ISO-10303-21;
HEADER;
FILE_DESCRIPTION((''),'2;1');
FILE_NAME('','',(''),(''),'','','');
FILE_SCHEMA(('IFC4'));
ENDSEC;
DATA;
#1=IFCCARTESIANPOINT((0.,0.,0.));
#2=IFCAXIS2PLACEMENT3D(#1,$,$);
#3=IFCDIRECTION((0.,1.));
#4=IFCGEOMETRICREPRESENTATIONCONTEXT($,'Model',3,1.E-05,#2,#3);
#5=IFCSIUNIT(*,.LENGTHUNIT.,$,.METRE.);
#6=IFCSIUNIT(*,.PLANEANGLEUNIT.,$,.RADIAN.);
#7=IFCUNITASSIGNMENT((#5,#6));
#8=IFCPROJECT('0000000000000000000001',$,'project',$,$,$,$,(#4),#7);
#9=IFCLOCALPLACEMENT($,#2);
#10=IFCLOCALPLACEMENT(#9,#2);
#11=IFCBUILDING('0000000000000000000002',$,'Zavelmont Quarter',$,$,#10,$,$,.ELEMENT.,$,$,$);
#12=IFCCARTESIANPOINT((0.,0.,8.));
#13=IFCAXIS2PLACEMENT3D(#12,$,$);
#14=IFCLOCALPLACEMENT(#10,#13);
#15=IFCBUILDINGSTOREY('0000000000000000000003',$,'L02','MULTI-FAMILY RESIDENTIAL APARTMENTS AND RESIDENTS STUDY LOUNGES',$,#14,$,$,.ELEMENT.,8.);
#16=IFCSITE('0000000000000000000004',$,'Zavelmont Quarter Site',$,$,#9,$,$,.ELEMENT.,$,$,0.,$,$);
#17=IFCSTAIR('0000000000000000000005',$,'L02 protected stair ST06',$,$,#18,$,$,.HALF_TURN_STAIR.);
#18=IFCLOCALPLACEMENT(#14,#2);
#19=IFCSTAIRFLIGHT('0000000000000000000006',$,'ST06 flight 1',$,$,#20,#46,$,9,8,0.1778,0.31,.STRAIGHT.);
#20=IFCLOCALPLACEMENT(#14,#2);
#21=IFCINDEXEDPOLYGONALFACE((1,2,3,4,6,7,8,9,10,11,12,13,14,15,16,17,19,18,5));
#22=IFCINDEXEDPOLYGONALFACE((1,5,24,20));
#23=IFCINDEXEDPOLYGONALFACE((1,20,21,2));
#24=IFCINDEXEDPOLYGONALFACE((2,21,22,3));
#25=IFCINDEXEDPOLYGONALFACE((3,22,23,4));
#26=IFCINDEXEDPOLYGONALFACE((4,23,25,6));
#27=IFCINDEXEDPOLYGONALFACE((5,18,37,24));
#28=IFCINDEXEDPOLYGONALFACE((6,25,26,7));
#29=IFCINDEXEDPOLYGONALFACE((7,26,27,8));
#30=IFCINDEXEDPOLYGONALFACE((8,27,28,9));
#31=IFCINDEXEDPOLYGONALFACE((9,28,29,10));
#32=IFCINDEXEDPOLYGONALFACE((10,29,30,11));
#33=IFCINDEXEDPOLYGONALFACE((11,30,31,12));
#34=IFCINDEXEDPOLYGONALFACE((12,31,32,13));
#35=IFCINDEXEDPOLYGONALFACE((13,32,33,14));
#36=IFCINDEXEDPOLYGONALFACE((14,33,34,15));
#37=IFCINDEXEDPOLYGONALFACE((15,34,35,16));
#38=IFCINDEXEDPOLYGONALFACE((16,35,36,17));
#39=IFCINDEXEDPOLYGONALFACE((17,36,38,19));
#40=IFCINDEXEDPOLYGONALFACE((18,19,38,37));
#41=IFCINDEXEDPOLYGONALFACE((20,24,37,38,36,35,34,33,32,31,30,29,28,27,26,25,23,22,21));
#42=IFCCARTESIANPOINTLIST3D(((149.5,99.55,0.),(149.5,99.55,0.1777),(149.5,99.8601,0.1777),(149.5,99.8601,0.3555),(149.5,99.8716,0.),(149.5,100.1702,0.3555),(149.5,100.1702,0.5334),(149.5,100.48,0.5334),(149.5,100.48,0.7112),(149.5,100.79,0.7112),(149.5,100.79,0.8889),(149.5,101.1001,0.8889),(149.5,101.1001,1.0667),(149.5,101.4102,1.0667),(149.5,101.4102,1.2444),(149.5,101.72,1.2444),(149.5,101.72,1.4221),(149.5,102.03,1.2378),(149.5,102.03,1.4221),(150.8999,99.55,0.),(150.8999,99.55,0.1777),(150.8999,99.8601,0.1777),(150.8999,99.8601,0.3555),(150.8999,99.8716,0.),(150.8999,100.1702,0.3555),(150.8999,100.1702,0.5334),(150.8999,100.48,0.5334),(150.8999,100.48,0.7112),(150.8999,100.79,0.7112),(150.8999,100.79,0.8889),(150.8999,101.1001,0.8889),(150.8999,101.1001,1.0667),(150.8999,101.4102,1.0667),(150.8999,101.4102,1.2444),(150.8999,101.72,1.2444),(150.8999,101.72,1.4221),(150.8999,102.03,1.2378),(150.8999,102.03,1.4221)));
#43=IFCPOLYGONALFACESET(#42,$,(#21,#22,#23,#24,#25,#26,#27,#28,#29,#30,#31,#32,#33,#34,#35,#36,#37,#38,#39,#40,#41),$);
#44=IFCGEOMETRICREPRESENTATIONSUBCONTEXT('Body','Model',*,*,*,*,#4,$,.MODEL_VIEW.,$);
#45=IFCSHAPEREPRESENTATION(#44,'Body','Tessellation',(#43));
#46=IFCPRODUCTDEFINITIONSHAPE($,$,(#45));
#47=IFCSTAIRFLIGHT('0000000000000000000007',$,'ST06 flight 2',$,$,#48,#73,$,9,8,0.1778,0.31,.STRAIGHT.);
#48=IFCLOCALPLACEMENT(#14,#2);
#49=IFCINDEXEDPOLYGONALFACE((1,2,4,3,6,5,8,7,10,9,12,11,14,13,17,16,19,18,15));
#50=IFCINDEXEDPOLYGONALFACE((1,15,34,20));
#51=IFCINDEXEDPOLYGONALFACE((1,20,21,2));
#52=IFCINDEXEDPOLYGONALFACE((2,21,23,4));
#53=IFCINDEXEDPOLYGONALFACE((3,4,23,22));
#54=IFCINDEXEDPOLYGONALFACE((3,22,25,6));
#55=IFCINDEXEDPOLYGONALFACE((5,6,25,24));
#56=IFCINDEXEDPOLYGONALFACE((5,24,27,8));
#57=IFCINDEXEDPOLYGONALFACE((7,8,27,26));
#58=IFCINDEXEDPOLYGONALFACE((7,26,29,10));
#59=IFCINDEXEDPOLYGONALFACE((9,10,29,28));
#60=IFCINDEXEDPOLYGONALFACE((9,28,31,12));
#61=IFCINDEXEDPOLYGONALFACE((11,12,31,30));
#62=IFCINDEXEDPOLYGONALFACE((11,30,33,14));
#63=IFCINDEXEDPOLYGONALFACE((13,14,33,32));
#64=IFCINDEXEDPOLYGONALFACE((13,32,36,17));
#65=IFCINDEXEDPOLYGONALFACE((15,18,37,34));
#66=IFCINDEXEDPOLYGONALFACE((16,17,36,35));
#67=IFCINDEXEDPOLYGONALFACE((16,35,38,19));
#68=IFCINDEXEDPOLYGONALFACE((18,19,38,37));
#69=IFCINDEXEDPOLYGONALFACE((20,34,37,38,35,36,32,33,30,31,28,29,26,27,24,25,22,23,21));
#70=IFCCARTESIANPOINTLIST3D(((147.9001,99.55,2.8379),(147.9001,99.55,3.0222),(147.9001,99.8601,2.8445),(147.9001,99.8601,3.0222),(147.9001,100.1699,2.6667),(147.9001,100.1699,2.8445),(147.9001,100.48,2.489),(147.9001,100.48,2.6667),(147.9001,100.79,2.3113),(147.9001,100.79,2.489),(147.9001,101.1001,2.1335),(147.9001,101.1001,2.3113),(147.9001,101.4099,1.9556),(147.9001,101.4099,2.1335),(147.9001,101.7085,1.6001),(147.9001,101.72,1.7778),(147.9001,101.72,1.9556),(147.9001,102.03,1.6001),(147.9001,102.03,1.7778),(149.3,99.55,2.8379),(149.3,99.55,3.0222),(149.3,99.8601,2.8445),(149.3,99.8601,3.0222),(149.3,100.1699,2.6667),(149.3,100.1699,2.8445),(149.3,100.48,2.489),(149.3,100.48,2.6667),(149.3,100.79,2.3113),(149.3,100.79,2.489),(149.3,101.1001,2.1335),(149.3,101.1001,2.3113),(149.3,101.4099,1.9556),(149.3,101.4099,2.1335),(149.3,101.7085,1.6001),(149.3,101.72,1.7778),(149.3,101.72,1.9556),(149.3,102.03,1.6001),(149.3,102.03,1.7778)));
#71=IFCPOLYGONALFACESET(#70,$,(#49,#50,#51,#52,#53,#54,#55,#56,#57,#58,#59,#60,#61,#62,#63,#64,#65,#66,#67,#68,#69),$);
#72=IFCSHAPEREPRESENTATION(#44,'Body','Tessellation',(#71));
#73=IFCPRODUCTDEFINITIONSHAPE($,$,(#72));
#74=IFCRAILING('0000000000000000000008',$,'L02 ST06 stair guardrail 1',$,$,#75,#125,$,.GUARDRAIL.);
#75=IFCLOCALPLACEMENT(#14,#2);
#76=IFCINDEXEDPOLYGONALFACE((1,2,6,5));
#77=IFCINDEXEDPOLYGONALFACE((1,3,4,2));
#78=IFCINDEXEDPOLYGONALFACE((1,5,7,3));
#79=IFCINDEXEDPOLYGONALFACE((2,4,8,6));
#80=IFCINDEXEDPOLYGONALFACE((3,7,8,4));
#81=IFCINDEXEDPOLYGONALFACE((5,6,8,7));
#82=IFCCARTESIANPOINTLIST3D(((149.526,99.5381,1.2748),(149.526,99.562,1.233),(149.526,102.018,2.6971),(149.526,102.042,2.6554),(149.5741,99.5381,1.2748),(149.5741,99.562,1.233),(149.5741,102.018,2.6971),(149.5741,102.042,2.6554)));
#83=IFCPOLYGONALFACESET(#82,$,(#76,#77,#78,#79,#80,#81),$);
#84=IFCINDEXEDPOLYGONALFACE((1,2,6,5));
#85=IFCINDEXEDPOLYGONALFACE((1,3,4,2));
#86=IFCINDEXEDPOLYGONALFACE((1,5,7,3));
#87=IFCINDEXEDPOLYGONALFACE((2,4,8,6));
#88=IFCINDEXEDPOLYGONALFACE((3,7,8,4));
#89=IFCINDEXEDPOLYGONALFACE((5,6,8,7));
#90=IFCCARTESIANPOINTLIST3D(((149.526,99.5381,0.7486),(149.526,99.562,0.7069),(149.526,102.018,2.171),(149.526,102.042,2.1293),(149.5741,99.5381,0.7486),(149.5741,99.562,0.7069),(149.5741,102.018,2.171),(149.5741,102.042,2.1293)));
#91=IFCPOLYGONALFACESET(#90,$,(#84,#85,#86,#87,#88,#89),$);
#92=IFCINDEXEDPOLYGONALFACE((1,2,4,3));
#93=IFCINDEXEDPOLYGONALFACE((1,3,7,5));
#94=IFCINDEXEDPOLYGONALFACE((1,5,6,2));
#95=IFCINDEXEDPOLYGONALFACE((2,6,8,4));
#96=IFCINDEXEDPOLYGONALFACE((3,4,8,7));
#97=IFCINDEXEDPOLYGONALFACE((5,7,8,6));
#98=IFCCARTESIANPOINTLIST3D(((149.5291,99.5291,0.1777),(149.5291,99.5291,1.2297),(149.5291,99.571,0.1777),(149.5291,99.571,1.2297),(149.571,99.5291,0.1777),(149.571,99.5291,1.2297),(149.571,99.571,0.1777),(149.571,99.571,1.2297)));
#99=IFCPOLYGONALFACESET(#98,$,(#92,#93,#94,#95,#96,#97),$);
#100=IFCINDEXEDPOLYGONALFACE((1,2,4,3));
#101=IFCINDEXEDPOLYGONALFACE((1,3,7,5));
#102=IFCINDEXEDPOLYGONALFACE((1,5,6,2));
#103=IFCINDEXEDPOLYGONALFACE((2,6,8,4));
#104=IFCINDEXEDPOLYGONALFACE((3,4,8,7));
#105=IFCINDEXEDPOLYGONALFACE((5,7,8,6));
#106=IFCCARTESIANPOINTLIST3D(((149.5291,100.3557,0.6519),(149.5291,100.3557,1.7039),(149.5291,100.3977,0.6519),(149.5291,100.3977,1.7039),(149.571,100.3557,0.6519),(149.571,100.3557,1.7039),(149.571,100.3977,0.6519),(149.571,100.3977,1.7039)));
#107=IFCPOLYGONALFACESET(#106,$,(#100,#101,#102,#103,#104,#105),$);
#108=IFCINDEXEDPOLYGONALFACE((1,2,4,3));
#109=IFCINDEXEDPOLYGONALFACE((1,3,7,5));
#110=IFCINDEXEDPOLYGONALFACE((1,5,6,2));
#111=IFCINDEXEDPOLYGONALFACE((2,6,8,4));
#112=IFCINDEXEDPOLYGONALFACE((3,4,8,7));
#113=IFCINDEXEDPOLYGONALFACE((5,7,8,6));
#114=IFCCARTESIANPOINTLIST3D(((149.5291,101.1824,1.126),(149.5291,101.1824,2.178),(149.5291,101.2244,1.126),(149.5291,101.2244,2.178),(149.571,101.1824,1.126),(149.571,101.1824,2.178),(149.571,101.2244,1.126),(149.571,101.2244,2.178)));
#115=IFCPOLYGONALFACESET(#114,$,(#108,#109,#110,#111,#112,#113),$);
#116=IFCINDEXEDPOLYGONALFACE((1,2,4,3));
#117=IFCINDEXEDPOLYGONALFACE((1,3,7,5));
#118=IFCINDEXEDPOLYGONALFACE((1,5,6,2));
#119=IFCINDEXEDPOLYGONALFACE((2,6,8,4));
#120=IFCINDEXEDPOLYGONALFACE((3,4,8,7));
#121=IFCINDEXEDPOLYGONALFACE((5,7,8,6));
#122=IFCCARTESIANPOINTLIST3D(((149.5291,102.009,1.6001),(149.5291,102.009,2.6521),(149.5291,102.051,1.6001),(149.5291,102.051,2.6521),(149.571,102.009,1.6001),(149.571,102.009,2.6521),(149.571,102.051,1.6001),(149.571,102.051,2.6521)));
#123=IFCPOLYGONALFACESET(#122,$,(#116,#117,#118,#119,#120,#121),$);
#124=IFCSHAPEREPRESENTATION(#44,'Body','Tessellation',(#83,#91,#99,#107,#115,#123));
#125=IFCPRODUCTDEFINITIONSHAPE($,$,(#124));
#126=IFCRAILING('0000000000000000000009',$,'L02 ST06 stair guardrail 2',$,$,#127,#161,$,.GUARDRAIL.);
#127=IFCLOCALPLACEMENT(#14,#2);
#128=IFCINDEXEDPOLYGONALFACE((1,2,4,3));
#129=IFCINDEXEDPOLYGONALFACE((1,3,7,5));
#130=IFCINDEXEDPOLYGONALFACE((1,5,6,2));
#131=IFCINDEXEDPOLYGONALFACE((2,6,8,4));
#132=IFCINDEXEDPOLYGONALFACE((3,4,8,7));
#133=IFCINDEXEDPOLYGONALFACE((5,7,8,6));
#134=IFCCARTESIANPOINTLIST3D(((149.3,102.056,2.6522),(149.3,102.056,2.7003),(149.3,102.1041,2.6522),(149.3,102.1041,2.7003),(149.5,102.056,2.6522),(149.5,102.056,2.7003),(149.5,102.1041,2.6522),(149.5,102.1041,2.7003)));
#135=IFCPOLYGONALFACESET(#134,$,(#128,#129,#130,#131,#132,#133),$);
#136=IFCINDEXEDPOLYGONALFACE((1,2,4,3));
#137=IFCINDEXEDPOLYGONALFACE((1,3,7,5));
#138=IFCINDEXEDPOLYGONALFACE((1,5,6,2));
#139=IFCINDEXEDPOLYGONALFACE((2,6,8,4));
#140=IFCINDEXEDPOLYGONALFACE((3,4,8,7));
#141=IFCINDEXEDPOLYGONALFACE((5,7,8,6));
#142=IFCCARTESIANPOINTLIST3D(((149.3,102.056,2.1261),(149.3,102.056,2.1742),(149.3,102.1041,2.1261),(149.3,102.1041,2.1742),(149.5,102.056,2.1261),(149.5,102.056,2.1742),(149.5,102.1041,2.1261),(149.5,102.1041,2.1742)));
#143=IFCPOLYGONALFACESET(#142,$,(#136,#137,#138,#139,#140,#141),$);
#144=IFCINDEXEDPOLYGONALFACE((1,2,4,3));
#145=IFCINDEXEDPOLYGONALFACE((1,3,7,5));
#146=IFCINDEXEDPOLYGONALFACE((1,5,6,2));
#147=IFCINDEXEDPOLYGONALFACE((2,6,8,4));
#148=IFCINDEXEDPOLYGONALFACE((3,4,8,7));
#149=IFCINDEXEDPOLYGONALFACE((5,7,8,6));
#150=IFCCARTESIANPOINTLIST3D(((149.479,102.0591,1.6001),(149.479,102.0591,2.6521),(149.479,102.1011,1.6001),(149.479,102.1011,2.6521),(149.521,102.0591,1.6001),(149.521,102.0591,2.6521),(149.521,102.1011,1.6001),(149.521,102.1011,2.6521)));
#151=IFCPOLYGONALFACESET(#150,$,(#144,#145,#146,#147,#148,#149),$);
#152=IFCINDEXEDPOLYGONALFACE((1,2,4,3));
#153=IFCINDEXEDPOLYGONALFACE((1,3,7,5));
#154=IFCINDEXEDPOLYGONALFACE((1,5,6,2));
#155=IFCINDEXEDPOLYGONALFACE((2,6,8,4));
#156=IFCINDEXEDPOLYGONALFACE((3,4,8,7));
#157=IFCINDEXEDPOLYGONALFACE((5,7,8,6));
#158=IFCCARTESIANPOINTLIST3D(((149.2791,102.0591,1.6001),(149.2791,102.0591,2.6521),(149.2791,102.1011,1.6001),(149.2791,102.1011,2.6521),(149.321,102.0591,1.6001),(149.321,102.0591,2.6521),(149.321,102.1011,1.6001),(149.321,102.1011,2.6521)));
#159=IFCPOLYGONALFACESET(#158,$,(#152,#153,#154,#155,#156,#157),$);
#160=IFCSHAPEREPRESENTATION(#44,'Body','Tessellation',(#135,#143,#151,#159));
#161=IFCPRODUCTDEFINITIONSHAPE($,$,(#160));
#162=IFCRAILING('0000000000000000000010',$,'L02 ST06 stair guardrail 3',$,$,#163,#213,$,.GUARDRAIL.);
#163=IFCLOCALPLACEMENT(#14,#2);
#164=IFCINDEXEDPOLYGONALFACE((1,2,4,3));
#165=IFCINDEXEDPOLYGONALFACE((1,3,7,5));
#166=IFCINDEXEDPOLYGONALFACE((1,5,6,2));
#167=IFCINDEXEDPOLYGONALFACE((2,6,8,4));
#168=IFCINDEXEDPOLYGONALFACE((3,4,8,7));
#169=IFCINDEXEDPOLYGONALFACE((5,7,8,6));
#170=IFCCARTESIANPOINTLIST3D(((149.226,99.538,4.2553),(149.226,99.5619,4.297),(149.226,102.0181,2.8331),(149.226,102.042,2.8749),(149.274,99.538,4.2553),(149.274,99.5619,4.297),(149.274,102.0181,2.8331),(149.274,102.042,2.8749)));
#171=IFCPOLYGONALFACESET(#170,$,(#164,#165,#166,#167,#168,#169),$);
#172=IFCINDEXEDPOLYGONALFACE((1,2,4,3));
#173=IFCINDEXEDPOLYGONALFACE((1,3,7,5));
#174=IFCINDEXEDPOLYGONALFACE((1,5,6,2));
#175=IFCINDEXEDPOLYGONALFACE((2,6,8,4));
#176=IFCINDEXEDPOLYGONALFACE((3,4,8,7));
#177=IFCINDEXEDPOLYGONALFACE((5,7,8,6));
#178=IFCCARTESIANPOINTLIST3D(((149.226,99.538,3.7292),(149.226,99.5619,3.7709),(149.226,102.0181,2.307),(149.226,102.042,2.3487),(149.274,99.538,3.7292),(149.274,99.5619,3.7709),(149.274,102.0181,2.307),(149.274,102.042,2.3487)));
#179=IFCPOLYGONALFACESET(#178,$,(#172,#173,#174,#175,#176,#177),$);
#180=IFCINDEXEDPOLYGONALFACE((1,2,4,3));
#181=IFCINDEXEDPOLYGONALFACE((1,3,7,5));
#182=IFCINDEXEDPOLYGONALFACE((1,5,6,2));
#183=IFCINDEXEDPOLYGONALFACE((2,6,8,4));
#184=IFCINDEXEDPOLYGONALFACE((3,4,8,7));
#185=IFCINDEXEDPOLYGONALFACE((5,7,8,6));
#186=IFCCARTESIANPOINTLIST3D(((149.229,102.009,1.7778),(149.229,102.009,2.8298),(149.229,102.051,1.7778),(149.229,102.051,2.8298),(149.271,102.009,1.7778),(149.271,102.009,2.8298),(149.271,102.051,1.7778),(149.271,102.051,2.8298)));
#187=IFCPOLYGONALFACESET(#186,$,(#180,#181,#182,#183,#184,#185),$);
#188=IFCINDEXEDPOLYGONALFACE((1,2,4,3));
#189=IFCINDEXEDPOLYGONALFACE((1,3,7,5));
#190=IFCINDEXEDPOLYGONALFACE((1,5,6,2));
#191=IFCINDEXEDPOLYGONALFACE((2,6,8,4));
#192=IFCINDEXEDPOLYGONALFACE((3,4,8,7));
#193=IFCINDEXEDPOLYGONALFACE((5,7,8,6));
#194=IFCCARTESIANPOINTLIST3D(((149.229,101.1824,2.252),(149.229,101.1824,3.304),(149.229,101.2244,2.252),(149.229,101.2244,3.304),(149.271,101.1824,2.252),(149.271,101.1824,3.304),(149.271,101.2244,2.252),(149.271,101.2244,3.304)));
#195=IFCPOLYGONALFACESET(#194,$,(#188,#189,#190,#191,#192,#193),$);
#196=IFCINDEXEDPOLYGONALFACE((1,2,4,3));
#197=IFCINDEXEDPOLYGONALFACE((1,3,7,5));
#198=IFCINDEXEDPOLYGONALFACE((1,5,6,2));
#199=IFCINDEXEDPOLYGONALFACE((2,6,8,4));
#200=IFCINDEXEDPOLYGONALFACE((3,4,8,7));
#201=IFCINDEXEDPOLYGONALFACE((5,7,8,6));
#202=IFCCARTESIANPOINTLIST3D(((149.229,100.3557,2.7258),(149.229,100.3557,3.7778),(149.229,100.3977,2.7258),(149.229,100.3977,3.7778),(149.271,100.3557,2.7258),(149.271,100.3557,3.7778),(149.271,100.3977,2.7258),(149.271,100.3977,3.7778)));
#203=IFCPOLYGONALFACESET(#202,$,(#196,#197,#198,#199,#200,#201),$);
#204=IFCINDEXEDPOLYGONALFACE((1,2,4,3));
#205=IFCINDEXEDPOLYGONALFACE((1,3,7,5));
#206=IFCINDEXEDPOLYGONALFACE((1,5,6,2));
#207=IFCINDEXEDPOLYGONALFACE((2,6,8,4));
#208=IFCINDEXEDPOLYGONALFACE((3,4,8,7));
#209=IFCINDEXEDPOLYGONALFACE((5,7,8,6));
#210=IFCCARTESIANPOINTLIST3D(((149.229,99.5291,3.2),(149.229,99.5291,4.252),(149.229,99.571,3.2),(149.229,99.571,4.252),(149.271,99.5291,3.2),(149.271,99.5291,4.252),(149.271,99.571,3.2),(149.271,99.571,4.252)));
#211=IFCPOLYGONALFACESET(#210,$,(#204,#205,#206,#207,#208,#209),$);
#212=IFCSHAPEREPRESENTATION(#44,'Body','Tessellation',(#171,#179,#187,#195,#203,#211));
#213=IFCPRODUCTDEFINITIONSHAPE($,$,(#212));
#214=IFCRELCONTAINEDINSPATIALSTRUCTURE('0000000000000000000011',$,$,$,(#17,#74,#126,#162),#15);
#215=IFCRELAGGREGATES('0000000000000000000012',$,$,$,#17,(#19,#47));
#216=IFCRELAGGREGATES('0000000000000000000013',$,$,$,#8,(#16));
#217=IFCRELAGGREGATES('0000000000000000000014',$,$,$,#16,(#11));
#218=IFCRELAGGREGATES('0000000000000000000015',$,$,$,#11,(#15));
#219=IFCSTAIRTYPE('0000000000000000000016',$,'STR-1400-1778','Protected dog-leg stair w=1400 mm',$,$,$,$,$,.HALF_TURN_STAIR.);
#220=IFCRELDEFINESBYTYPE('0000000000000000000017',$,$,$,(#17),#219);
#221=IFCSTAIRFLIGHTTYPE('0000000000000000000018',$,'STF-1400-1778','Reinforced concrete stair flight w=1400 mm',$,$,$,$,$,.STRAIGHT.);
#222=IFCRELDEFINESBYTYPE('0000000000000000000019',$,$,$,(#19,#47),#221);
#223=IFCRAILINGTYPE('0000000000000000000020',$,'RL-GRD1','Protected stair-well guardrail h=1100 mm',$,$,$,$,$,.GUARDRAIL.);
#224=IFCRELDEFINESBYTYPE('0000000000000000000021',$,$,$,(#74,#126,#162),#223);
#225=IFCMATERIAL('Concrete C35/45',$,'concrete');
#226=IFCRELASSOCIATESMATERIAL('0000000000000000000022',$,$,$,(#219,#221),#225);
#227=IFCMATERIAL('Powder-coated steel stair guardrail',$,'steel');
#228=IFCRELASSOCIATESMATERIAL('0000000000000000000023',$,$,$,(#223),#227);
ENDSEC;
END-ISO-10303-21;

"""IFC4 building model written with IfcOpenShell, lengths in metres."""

from ifc_helpers import new_model, si_unit, direction, frame, origin, origin_2d, place, context, subcontext, project, spatial, polyline, rectangle, outline, extrude, material, type_object, element, aggregate, save


model = new_model("IFC4")

# Units and contexts
model_context = context("Model", 3, precision=1e-05, world=origin(), true_north=direction((0.0, 1.0)))
body_context = subcontext(model_context, "Body", "Model", "MODEL_VIEW")
ifc_project = project(units=[si_unit("LENGTHUNIT", "METRE"), si_unit("PLANEANGLEUNIT", "RADIAN")], contexts=[model_context])

# Site, building, storey
site_placement = place(None, origin())
site = spatial("IfcSite", under=ifc_project, at=site_placement, Name="Zavelmont Quarter Site", CompositionType="ELEMENT", RefElevation=0.0)
building_placement = place(site_placement, origin())
building = spatial("IfcBuilding", under=site, at=building_placement, Name="Zavelmont Quarter", CompositionType="ELEMENT")
storey_placement = place(building_placement, frame((0.0, 0.0, 8.0)))
storey = spatial("IfcBuildingStorey", under=building, at=storey_placement, Name="L02", Description="MULTI-FAMILY RESIDENTIAL APARTMENTS AND RESIDENTS STUDY LOUNGES", CompositionType="ELEMENT", Elevation=8.0)

# Shared definitions
ifc_material_1 = material(Name="Concrete C35/45", Category="concrete")

# Stair, stair flights
stair_type = type_object("IfcStairType", Name="STR-1400-1778", Description="Protected dog-leg stair w=1400 mm", PredefinedType="HALF_TURN_STAIR", material=ifc_material_1)
stair_placement = place(storey_placement, origin())
stair = element("IfcStair", 1, at=stair_placement, inside=storey, type_object=stair_type, Name="L02 protected stair ST06", PredefinedType="HALF_TURN_STAIR")
stair_flight_type = type_object("IfcStairFlightType", Name="STF-1400-1778", Description="Reinforced concrete stair flight w=1400 mm", PredefinedType="STRAIGHT", material=ifc_material_1)
stair_flight_1_placement = place(storey_placement, frame((150.2, 99.55, 0.0), z_axis=(0.0, 0.0, 1.0), x_axis=(0.0, 1.0, 0.0)))
stair_flight_1 = element("IfcStairFlight", 2, at=stair_flight_1_placement, type_object=stair_flight_type, Name="ST06 flight 1", NumberOfRisers=9, NumberOfTreads=8, PredefinedType="STRAIGHT", RiserHeight=0.1778, TreadLength=0.31, context=body_context, shape_type="SweptSolid", body=[
    extrude(outline(polyline([(0.0, 0.0), (0.0, 0.1777), (0.3101, 0.1777), (0.3101, 0.3555), (0.6201, 0.3555), (0.6201, 0.5334), (0.9299, 0.5334), (0.9299, 0.7112), (1.24, 0.7112), (1.24, 0.8889), (1.55, 0.8889), (1.55, 1.0667), (1.8601, 1.0667), (1.8601, 1.2444), (2.1699, 1.2444), (2.1699, 1.4221), (2.48, 1.4221), (2.48, 1.6001), (2.48, 1.2378), (0.3215, 0.0), (0.0, 0.0)])), frame((0.0, 0.7, 0.0), z_axis=(0.0, -1.0, 0.0), x_axis=(1.0, 0.0, 0.0)), (0.0, 0.0, 1.0), 1.3999),
])
stair_flight_2_placement = place(storey_placement, frame((148.6001, 102.03, 1.6001), z_axis=(0.0, 0.0, 1.0), x_axis=(0.0, -1.0, 0.0)))
stair_flight_2 = element("IfcStairFlight", 3, at=stair_flight_2_placement, type_object=stair_flight_type, Name="ST06 flight 2", NumberOfRisers=9, NumberOfTreads=8, PredefinedType="STRAIGHT", RiserHeight=0.1778, TreadLength=0.31, context=body_context, shape_type="SweptSolid", body=[
    extrude(outline(polyline([(0.0, 0.0), (0.0, 0.1777), (0.3101, 0.1777), (0.3101, 0.3555), (0.6201, 0.3555), (0.6201, 0.5334), (0.9299, 0.5334), (0.9299, 0.7112), (1.24, 0.7112), (1.24, 0.8889), (1.55, 0.8889), (1.55, 1.0667), (1.8601, 1.0667), (1.8601, 1.2444), (2.1699, 1.2444), (2.1699, 1.4221), (2.48, 1.4221), (2.48, 1.6001), (2.48, 1.2378), (0.3215, 0.0), (0.0, 0.0)])), frame((0.0, 0.7, 0.0), z_axis=(0.0, -1.0, 0.0), x_axis=(1.0, 0.0, 0.0)), (0.0, 0.0, 1.0), 1.3999),
])
aggregate(stair, [stair_flight_1, stair_flight_2])

# Railings
ifc_material_2 = material(Name="Powder-coated steel stair guardrail", Category="steel")
railing_type_1 = type_object("IfcRailingType", Name="RL-GRD1", Description="Protected stair-well guardrail h=1100 mm", PredefinedType="GUARDRAIL", material=ifc_material_2)
railing_1_placement = place(storey_placement, frame((149.55, 99.55, 0.1777)))
element("IfcRailing", 4, at=railing_1_placement, inside=storey, type_object=railing_type_1, Name="L02 ST06 stair guardrail 1", PredefinedType="GUARDRAIL", context=body_context, shape_type="SweptSolid", body=[
    extrude(rectangle(XDim=0.0481, YDim=0.0481, at=origin_2d()), frame((0.0, 0.0, 1.0762), z_axis=(0.0, 0.867454, 0.497518), x_axis=(-1.0, 0.0, 0.0)), (0.0, 0.0, 1.0), 2.8589),
    extrude(rectangle(XDim=0.0481, YDim=0.0481, at=origin_2d()), frame((0.0, 0.0, 0.55), z_axis=(0.0, 0.867454, 0.497518), x_axis=(-1.0, 0.0, 0.0)), (0.0, 0.0, 1.0), 2.8589),
    extrude(rectangle(XDim=0.042, YDim=0.042, at=origin_2d()), origin(), (0.0, 0.0, 1.0), 1.052),
    extrude(rectangle(XDim=0.042, YDim=0.042, at=origin_2d()), frame((0.0, 0.8267, 0.4741)), (0.0, 0.0, 1.0), 1.052),
    extrude(rectangle(XDim=0.042, YDim=0.042, at=origin_2d()), frame((0.0, 1.6533, 0.9482)), (0.0, 0.0, 1.0), 1.052),
    extrude(rectangle(XDim=0.042, YDim=0.042, at=origin_2d()), frame((0.0, 2.48, 1.4224)), (0.0, 0.0, 1.0), 1.052),
])
railing_2_placement = place(storey_placement, frame((149.5, 102.0801, 1.6001)))
element("IfcRailing", 5, at=railing_2_placement, inside=storey, type_object=railing_type_1, Name="L02 ST06 stair guardrail 2", PredefinedType="GUARDRAIL", context=body_context, shape_type="SweptSolid", body=[
    extrude(rectangle(XDim=0.0481, YDim=0.0481, at=origin_2d()), frame((0.0, 0.0, 1.0762), z_axis=(-1.0, 0.0, 0.0), x_axis=(0.0, -1.0, 0.0)), (0.0, 0.0, 1.0), 0.2),
    extrude(rectangle(XDim=0.0481, YDim=0.0481, at=origin_2d()), frame((0.0, 0.0, 0.55), z_axis=(-1.0, 0.0, 0.0), x_axis=(0.0, -1.0, 0.0)), (0.0, 0.0, 1.0), 0.2),
    extrude(rectangle(XDim=0.042, YDim=0.042, at=origin_2d()), origin(), (0.0, 0.0, 1.0), 1.052),
    extrude(rectangle(XDim=0.042, YDim=0.042, at=origin_2d()), frame((-0.2, 0.0, 0.0)), (0.0, 0.0, 1.0), 1.052),
])
railing_3_placement = place(storey_placement, frame((149.25, 102.03, 1.7778)))
element("IfcRailing", 6, at=railing_3_placement, inside=storey, type_object=railing_type_1, Name="L02 ST06 stair guardrail 3", PredefinedType="GUARDRAIL", context=body_context, shape_type="SweptSolid", body=[
    extrude(rectangle(XDim=0.0481, YDim=0.0481, at=origin_2d()), frame((0.0, 0.0, 1.0762), z_axis=(0.0, -0.867491, 0.497454), x_axis=(1.0, 0.0, 0.0)), (0.0, 0.0, 1.0), 2.8589),
    extrude(rectangle(XDim=0.0481, YDim=0.0481, at=origin_2d()), frame((0.0, 0.0, 0.55), z_axis=(0.0, -0.867491, 0.497454), x_axis=(1.0, 0.0, 0.0)), (0.0, 0.0, 1.0), 2.8589),
    extrude(rectangle(XDim=0.042, YDim=0.042, at=origin_2d()), origin(), (0.0, 0.0, 1.0), 1.052),
    extrude(rectangle(XDim=0.042, YDim=0.042, at=origin_2d()), frame((0.0, -0.8267, 0.4741)), (0.0, 0.0, 1.0), 1.052),
    extrude(rectangle(XDim=0.042, YDim=0.042, at=origin_2d()), frame((0.0, -1.6533, 0.948)), (0.0, 0.0, 1.0), 1.052),
    extrude(rectangle(XDim=0.042, YDim=0.042, at=origin_2d()), frame((0.0, -2.48, 1.4221)), (0.0, 0.0, 1.0), 1.052),
])

save(model, "model.ifc")
